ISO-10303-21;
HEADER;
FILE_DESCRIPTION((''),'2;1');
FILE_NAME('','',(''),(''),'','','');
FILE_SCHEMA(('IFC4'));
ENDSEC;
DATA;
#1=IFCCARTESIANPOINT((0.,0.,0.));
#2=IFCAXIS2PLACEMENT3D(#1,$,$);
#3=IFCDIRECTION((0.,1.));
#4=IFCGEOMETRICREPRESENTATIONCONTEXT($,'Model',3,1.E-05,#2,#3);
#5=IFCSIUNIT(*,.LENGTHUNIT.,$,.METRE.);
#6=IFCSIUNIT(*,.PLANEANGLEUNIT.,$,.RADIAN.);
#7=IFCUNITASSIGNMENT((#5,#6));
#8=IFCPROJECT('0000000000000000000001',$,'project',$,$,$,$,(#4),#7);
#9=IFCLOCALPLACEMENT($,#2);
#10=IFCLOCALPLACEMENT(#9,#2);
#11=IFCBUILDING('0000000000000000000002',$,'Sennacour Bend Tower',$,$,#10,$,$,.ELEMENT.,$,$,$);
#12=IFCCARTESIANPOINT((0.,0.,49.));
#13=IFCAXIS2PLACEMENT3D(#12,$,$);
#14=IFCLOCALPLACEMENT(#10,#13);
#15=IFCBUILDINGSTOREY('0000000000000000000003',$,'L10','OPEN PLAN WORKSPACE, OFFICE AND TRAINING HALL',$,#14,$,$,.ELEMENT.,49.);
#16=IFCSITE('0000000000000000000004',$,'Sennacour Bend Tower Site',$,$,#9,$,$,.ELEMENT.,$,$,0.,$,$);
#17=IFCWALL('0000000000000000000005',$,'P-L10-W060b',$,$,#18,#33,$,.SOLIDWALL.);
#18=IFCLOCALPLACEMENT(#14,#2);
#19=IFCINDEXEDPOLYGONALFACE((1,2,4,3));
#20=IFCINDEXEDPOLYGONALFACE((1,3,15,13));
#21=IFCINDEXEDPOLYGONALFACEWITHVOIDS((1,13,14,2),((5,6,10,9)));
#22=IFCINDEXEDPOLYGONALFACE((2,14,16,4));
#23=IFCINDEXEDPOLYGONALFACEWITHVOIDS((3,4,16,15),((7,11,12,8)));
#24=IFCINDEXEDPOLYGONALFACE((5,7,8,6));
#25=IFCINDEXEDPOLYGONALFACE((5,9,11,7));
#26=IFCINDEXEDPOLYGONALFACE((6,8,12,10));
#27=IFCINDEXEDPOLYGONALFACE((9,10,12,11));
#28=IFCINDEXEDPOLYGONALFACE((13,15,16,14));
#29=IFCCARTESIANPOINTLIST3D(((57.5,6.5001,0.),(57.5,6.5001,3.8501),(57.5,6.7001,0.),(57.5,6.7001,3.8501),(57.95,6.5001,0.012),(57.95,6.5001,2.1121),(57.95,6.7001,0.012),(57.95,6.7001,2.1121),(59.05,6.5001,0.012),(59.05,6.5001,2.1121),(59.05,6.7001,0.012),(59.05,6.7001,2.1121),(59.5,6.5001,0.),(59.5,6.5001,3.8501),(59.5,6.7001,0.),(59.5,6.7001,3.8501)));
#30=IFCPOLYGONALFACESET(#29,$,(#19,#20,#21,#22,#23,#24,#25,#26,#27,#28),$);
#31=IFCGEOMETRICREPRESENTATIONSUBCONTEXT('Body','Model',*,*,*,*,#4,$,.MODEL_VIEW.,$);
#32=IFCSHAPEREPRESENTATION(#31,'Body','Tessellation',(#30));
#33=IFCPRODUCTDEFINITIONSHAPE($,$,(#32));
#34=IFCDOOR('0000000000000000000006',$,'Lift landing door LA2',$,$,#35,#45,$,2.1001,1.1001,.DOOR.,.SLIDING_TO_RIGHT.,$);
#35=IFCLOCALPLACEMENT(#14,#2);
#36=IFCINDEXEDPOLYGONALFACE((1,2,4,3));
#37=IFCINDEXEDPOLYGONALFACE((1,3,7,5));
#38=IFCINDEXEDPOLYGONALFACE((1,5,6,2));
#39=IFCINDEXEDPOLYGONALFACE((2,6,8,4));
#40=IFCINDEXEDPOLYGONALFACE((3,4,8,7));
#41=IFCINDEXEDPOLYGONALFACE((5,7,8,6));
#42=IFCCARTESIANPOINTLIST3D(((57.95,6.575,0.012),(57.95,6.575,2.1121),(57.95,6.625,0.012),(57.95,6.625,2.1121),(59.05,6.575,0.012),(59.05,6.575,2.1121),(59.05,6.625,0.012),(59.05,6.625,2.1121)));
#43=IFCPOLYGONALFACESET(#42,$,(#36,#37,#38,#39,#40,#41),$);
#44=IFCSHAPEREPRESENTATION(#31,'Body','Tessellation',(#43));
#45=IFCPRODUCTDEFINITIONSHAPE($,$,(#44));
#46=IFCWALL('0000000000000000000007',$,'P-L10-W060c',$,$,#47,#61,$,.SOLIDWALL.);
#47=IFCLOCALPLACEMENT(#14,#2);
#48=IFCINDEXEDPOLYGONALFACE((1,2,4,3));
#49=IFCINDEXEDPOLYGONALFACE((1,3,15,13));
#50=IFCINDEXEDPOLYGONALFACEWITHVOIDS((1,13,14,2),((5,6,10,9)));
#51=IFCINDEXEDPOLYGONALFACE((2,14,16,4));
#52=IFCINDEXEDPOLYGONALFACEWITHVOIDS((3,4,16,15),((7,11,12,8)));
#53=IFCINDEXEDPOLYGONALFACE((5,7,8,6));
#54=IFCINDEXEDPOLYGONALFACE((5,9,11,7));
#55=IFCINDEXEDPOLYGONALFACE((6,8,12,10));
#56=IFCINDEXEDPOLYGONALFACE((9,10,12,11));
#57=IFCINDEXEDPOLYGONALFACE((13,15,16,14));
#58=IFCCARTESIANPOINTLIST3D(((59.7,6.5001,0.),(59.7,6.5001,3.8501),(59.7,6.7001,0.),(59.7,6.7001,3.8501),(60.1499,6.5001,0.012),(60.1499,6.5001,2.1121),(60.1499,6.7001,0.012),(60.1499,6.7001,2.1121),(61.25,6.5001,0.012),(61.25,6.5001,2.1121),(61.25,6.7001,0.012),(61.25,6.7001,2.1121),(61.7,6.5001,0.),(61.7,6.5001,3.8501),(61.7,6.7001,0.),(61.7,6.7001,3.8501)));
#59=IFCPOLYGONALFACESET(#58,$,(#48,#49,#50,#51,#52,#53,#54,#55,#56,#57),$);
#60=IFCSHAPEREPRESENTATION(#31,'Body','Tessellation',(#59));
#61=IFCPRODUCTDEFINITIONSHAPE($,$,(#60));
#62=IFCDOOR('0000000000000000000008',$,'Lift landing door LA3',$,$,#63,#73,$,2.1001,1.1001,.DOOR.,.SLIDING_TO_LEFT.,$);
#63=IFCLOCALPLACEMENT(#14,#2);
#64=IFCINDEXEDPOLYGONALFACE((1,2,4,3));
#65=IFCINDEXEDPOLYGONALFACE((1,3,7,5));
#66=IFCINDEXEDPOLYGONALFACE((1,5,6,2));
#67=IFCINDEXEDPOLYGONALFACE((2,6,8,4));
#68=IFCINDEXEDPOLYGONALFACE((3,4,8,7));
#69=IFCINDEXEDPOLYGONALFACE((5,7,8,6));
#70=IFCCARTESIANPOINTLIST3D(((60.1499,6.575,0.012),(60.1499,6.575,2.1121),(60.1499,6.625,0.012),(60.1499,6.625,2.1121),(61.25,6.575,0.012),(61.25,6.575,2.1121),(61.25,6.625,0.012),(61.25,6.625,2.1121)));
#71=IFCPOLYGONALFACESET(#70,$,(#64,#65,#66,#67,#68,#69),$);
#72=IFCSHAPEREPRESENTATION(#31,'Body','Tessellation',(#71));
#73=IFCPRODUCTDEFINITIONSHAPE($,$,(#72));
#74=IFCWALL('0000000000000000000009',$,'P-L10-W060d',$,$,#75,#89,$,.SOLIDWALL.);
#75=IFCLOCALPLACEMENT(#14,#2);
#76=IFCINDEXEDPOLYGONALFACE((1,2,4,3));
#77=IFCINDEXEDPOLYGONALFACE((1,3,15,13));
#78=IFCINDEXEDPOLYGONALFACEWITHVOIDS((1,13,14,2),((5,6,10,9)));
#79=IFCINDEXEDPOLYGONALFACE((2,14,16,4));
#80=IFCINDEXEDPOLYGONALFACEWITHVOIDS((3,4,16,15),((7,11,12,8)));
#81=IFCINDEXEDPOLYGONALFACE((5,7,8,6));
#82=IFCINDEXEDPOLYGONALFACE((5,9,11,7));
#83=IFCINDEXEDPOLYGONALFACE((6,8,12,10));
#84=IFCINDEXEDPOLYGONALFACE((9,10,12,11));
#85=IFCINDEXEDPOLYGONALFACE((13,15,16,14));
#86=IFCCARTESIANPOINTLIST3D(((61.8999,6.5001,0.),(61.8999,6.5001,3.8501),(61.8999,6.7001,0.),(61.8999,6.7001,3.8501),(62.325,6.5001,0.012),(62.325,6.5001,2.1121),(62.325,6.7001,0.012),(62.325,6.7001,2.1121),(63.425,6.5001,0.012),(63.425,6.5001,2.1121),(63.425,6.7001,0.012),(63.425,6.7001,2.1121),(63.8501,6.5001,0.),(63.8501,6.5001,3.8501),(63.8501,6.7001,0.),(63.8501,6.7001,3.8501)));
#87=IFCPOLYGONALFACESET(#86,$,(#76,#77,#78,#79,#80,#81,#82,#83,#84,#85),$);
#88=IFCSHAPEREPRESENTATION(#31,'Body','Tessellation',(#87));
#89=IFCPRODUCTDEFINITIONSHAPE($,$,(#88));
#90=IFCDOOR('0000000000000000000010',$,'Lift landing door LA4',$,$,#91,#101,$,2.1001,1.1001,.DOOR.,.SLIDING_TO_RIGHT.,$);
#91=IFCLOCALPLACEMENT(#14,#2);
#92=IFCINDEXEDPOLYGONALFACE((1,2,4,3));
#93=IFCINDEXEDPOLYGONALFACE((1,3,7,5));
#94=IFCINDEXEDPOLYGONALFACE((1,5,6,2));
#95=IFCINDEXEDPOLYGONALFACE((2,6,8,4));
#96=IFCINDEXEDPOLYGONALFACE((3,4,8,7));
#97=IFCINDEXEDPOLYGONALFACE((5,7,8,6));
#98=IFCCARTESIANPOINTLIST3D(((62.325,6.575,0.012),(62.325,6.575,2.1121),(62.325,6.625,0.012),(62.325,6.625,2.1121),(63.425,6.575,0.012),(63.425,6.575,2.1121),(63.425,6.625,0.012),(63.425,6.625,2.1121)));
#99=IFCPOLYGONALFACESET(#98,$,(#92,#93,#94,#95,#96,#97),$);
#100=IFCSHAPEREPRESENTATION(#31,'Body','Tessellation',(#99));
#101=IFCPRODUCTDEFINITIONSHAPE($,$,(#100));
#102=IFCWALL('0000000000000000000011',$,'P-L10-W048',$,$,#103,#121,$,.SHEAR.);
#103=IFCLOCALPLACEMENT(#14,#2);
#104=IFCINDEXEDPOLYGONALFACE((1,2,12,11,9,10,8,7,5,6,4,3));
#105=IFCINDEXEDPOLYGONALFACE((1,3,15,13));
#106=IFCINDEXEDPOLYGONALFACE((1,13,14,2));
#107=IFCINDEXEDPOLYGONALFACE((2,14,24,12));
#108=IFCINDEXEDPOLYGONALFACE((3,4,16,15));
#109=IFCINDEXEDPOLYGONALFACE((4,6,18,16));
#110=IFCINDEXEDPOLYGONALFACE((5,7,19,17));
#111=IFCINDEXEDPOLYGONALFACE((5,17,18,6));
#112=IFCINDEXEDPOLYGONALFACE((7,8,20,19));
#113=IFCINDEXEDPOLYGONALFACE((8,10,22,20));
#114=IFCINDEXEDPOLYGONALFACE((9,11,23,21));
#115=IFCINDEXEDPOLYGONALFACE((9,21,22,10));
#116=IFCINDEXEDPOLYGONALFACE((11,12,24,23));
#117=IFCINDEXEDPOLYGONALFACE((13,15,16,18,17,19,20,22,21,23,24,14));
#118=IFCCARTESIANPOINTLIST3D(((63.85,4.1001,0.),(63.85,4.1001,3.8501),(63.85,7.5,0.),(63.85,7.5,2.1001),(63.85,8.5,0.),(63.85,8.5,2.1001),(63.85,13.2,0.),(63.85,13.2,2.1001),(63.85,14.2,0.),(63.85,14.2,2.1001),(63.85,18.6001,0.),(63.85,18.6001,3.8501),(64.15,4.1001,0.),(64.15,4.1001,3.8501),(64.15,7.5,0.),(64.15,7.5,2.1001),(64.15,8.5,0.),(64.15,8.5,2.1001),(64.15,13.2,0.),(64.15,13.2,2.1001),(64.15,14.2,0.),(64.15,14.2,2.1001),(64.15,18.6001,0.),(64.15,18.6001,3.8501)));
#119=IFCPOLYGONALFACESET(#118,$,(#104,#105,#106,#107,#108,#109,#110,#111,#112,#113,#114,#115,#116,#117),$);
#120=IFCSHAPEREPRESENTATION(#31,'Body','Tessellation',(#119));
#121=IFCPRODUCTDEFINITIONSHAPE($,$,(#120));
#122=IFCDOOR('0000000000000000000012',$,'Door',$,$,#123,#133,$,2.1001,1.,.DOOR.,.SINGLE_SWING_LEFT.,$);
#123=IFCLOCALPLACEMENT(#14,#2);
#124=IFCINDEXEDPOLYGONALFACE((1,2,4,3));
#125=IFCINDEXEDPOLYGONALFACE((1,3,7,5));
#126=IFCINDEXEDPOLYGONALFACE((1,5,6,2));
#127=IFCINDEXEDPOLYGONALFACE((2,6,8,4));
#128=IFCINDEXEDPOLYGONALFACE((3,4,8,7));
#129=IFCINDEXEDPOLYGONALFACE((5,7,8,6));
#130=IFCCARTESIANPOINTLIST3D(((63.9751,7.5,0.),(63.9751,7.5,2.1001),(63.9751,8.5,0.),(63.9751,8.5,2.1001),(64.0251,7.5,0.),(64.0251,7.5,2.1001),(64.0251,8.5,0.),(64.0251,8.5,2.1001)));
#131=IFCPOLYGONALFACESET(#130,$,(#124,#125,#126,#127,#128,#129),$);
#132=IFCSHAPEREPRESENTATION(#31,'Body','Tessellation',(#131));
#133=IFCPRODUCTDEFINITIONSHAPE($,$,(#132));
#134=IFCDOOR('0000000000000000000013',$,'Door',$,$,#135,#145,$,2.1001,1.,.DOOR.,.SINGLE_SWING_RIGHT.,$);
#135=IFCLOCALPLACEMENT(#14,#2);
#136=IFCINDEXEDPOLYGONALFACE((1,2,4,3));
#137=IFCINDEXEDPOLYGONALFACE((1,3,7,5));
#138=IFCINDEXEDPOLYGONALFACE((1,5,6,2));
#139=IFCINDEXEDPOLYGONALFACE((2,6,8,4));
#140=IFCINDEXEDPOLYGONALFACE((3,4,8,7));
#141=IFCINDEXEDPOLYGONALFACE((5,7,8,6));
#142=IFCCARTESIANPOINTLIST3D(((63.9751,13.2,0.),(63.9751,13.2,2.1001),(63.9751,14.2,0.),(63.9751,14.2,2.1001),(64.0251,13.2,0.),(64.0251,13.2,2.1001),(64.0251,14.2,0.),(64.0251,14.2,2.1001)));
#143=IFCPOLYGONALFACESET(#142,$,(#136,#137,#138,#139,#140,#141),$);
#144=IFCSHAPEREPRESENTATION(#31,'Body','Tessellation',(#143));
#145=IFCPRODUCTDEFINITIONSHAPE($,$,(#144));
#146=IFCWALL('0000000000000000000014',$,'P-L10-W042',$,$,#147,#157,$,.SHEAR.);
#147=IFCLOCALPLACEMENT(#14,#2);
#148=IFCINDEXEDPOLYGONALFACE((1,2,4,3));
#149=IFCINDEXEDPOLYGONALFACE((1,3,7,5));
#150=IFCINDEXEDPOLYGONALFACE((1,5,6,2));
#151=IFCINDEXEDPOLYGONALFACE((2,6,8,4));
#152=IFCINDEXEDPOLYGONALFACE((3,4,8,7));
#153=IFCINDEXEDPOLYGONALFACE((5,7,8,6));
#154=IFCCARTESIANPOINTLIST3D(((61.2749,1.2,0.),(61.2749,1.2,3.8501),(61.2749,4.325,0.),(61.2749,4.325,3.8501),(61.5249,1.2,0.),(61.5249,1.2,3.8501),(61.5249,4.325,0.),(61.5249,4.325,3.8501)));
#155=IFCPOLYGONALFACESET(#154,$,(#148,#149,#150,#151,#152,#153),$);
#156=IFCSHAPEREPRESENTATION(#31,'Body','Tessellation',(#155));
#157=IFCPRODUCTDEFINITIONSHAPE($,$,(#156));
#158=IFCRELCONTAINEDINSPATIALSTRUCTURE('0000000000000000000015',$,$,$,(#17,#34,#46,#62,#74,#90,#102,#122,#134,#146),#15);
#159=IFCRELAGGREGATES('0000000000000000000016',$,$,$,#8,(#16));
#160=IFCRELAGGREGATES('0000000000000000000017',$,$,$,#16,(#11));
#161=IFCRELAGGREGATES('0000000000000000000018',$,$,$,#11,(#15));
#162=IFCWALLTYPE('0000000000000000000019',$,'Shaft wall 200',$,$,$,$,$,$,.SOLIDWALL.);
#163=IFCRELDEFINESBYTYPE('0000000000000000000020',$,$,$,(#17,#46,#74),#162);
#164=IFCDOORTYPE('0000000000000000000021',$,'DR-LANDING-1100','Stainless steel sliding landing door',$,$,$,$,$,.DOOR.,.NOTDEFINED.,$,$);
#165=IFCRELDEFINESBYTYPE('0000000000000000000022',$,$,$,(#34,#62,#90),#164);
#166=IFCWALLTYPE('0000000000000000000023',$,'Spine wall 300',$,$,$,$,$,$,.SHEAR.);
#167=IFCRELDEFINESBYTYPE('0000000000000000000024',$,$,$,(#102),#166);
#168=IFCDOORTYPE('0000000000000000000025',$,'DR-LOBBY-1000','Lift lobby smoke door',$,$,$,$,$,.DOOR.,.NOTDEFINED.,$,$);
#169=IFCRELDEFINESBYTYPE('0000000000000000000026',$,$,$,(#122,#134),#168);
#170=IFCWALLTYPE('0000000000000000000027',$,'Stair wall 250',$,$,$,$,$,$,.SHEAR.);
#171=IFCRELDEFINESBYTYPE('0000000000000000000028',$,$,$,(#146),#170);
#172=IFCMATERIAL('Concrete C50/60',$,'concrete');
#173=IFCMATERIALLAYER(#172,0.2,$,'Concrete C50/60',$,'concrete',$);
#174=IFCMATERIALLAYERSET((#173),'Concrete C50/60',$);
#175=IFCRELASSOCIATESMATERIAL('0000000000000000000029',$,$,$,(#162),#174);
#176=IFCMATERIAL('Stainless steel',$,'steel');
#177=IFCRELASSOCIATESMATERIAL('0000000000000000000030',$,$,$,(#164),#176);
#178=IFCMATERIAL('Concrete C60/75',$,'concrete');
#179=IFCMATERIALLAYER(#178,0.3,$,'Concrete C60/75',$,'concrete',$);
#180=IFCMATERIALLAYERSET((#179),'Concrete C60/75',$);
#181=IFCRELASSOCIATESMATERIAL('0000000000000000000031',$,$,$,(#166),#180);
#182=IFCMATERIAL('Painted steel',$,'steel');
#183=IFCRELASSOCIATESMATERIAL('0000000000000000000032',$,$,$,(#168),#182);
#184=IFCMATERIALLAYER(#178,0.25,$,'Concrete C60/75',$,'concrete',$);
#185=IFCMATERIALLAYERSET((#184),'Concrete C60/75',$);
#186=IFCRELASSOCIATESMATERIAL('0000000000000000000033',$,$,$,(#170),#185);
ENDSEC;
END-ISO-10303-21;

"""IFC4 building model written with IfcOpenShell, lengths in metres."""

from ifc_helpers import new_model, si_unit, direction, frame, frame_2d, origin, place, context, subcontext, project, spatial, rectangle, extrude, material, layer, layer_set, type_object, element, fill, save


model = new_model("IFC4")

# Units and contexts
model_context = context("Model", 3, precision=1e-05, world=origin(), true_north=direction((0.0, 1.0)))
body_context = subcontext(model_context, "Body", "Model", "MODEL_VIEW")
ifc_project = project(units=[si_unit("LENGTHUNIT", "METRE"), si_unit("PLANEANGLEUNIT", "RADIAN")], contexts=[model_context])

# Site, building, storey
site_placement = place(None, origin())
site = spatial("IfcSite", under=ifc_project, at=site_placement, Name="Sennacour Bend Tower Site", CompositionType="ELEMENT", RefElevation=0.0)
building_placement = place(site_placement, origin())
building = spatial("IfcBuilding", under=site, at=building_placement, Name="Sennacour Bend Tower", CompositionType="ELEMENT")
storey_placement = place(building_placement, frame((0.0, 0.0, 49.0)))
storey = spatial("IfcBuildingStorey", under=building, at=storey_placement, Name="L10", Description="OPEN PLAN WORKSPACE, OFFICE AND TRAINING HALL", CompositionType="ELEMENT", Elevation=49.0)

# Shared definitions
ifc_material_1 = material(Name="Painted steel", Category="steel")

# Shared definitions
ifc_material_2 = material(Name="Concrete C50/60", Category="concrete")
ifc_layer_1 = layer(ifc_material_2, 0.2, Name="Concrete C50/60", Category="concrete")
ifc_layer_set_1 = layer_set([ifc_layer_1], Name="Concrete C50/60")
wall_type_1 = type_object("IfcWallType", Name="Shaft wall 200", PredefinedType="SOLIDWALL", material=ifc_layer_set_1)

# Walls, openings, doors
wall_1_placement = place(storey_placement, frame((57.5, 6.6001, 0.0), z_axis=(0.0, 0.0, 1.0), x_axis=(1.0, 0.0, 0.0)))
wall_1 = element("IfcWall", 1, at=wall_1_placement, inside=storey, type_object=wall_type_1, Name="P-L10-W060b", PredefinedType="SOLIDWALL", context=body_context, shape_type="SweptSolid", body=[
    extrude(rectangle(XDim=2.0, YDim=0.2, at=frame_2d((1.0, 0.0))), origin(), (0.0, 0.0, 1.0), 3.8501),
])
opening_1_placement = place(wall_1_placement, frame((0.45, 0.0, 0.012)))
opening_1 = element("IfcOpeningElement", 2, at=opening_1_placement, cuts=wall_1, PredefinedType="OPENING", context=body_context, shape_type="SweptSolid", body=[
    extrude(rectangle(XDim=1.1001, YDim=2.1001, at=frame_2d((0.55, 1.05))), frame((0.0, 0.1099, 0.0), z_axis=(0.0, -1.0, 0.0), x_axis=(1.0, 0.0, 0.0)), (0.0, 0.0, 1.0), 0.22),
])
ifc_material_3 = material(Name="Stainless steel", Category="steel")
door_type_1 = type_object("IfcDoorType", Name="DR-LANDING-1100", Description="Stainless steel sliding landing door", OperationType="NOTDEFINED", PredefinedType="DOOR", material=ifc_material_3)
door_1_placement = place(opening_1_placement, origin())
door_1 = element("IfcDoor", 3, at=door_1_placement, inside=storey, type_object=door_type_1, Name="Lift landing door LA2", OperationType="SLIDING_TO_RIGHT", OverallHeight=2.1001, OverallWidth=1.1001, PredefinedType="DOOR", context=body_context, shape_type="SweptSolid", body=[
    extrude(rectangle(XDim=1.1001, YDim=2.1001, at=frame_2d((0.55, 1.05))), frame((0.0, 0.0249, 0.0), z_axis=(0.0, -1.0, 0.0), x_axis=(1.0, 0.0, 0.0)), (0.0, 0.0, 1.0), 0.05),
])
fill(opening_1, door_1)
wall_2_placement = place(storey_placement, frame((59.7, 6.6001, 0.0), z_axis=(0.0, 0.0, 1.0), x_axis=(1.0, 0.0, 0.0)))
wall_2 = element("IfcWall", 4, at=wall_2_placement, inside=storey, type_object=wall_type_1, Name="P-L10-W060c", PredefinedType="SOLIDWALL", context=body_context, shape_type="SweptSolid", body=[
    extrude(rectangle(XDim=2.0, YDim=0.2, at=frame_2d((1.0, 0.0))), origin(), (0.0, 0.0, 1.0), 3.8501),
])
opening_2_placement = place(wall_2_placement, frame((0.45, 0.0, 0.012)))
opening_2 = element("IfcOpeningElement", 5, at=opening_2_placement, cuts=wall_2, PredefinedType="OPENING", context=body_context, shape_type="SweptSolid", body=[
    extrude(rectangle(XDim=1.1001, YDim=2.1001, at=frame_2d((0.55, 1.05))), frame((0.0, 0.1099, 0.0), z_axis=(0.0, -1.0, 0.0), x_axis=(1.0, 0.0, 0.0)), (0.0, 0.0, 1.0), 0.22),
])
door_2_placement = place(opening_2_placement, origin())
door_2 = element("IfcDoor", 6, at=door_2_placement, inside=storey, type_object=door_type_1, Name="Lift landing door LA3", OperationType="SLIDING_TO_LEFT", OverallHeight=2.1001, OverallWidth=1.1001, PredefinedType="DOOR", context=body_context, shape_type="SweptSolid", body=[
    extrude(rectangle(XDim=1.1001, YDim=2.1001, at=frame_2d((0.55, 1.05))), frame((0.0, 0.0249, 0.0), z_axis=(0.0, -1.0, 0.0), x_axis=(1.0, 0.0, 0.0)), (0.0, 0.0, 1.0), 0.05),
])
fill(opening_2, door_2)
wall_3_placement = place(storey_placement, frame((61.8999, 6.6001, 0.0), z_axis=(0.0, 0.0, 1.0), x_axis=(1.0, 0.0, 0.0)))
wall_3 = element("IfcWall", 7, at=wall_3_placement, inside=storey, type_object=wall_type_1, Name="P-L10-W060d", PredefinedType="SOLIDWALL", context=body_context, shape_type="SweptSolid", body=[
    extrude(rectangle(XDim=1.9502, YDim=0.2, at=frame_2d((0.9751, 0.0))), origin(), (0.0, 0.0, 1.0), 3.8501),
])
opening_3_placement = place(wall_3_placement, frame((0.425, 0.0, 0.012)))
opening_3 = element("IfcOpeningElement", 8, at=opening_3_placement, cuts=wall_3, PredefinedType="OPENING", context=body_context, shape_type="SweptSolid", body=[
    extrude(rectangle(XDim=1.1001, YDim=2.1001, at=frame_2d((0.55, 1.05))), frame((0.0, 0.1099, 0.0), z_axis=(0.0, -1.0, 0.0), x_axis=(1.0, 0.0, 0.0)), (0.0, 0.0, 1.0), 0.22),
])
door_3_placement = place(opening_3_placement, origin())
door_3 = element("IfcDoor", 9, at=door_3_placement, inside=storey, type_object=door_type_1, Name="Lift landing door LA4", OperationType="SLIDING_TO_RIGHT", OverallHeight=2.1001, OverallWidth=1.1001, PredefinedType="DOOR", context=body_context, shape_type="SweptSolid", body=[
    extrude(rectangle(XDim=1.1001, YDim=2.1001, at=frame_2d((0.55, 1.05))), frame((0.0, 0.0249, 0.0), z_axis=(0.0, -1.0, 0.0), x_axis=(1.0, 0.0, 0.0)), (0.0, 0.0, 1.0), 0.05),
])
fill(opening_3, door_3)

# Wall, openings, doors
ifc_material_4 = material(Name="Concrete C60/75", Category="concrete")
ifc_layer_2 = layer(ifc_material_4, 0.3, Name="Concrete C60/75", Category="concrete")
ifc_layer_set_2 = layer_set([ifc_layer_2], Name="Concrete C60/75")
wall_type_2 = type_object("IfcWallType", Name="Spine wall 300", PredefinedType="SHEAR", material=ifc_layer_set_2)
wall_4_placement = place(storey_placement, frame((64.0, 4.1001, 0.0), z_axis=(0.0, 0.0, 1.0), x_axis=(0.0, 1.0, 0.0)))
wall_4 = element("IfcWall", 10, at=wall_4_placement, inside=storey, type_object=wall_type_2, Name="P-L10-W048", PredefinedType="SHEAR", context=body_context, shape_type="SweptSolid", body=[
    extrude(rectangle(XDim=14.5, YDim=0.3, at=frame_2d((7.25, 0.0))), origin(), (0.0, 0.0, 1.0), 3.8501),
])
opening_4_placement = place(wall_4_placement, frame((3.3999, 0.0, 0.0)))
opening_4 = element("IfcOpeningElement", 11, at=opening_4_placement, cuts=wall_4, PredefinedType="OPENING", context=body_context, shape_type="SweptSolid", body=[
    extrude(rectangle(XDim=1.0, YDim=2.1001, at=frame_2d((0.5, 1.05))), frame((0.0, 0.1602, 0.0), z_axis=(0.0, -1.0, 0.0), x_axis=(1.0, 0.0, 0.0)), (0.0, 0.0, 1.0), 0.3201),
])
opening_5_placement = place(wall_4_placement, frame((9.0999, 0.0, 0.0)))
opening_5 = element("IfcOpeningElement", 12, at=opening_5_placement, cuts=wall_4, PredefinedType="OPENING", context=body_context, shape_type="SweptSolid", body=[
    extrude(rectangle(XDim=1.0, YDim=2.1001, at=frame_2d((0.5, 1.05))), frame((0.0, 0.1602, 0.0), z_axis=(0.0, -1.0, 0.0), x_axis=(1.0, 0.0, 0.0)), (0.0, 0.0, 1.0), 0.3201),
])
door_type_2 = type_object("IfcDoorType", Name="DR-LOBBY-1000", Description="Lift lobby smoke door", OperationType="NOTDEFINED", PredefinedType="DOOR", material=ifc_material_1)
door_4_placement = place(opening_4_placement, origin())
door_4 = element("IfcDoor", 13, at=door_4_placement, inside=storey, type_object=door_type_2, Name="Door", OperationType="SINGLE_SWING_LEFT", OverallHeight=2.1001, OverallWidth=1.0, PredefinedType="DOOR", context=body_context, shape_type="SweptSolid", body=[
    extrude(rectangle(XDim=1.0, YDim=2.1001, at=frame_2d((0.5, 1.05))), frame((0.0, 0.0249, 0.0), z_axis=(0.0, -1.0, 0.0), x_axis=(1.0, 0.0, 0.0)), (0.0, 0.0, 1.0), 0.05),
])
fill(opening_4, door_4)
door_5_placement = place(opening_5_placement, origin())
door_5 = element("IfcDoor", 14, at=door_5_placement, inside=storey, type_object=door_type_2, Name="Door", OperationType="SINGLE_SWING_RIGHT", OverallHeight=2.1001, OverallWidth=1.0, PredefinedType="DOOR", context=body_context, shape_type="SweptSolid", body=[
    extrude(rectangle(XDim=1.0, YDim=2.1001, at=frame_2d((0.5, 1.05))), frame((0.0, 0.0249, 0.0), z_axis=(0.0, -1.0, 0.0), x_axis=(1.0, 0.0, 0.0)), (0.0, 0.0, 1.0), 0.05),
])
fill(opening_5, door_5)

# Wall
ifc_layer_3 = layer(ifc_material_4, 0.25, Name="Concrete C60/75", Category="concrete")
ifc_layer_set_3 = layer_set([ifc_layer_3], Name="Concrete C60/75")
wall_type_3 = type_object("IfcWallType", Name="Stair wall 250", PredefinedType="SHEAR", material=ifc_layer_set_3)
wall_5_placement = place(storey_placement, frame((61.3999, 1.2, 0.0), z_axis=(0.0, 0.0, 1.0), x_axis=(0.0, 1.0, 0.0)))
element("IfcWall", 15, at=wall_5_placement, inside=storey, type_object=wall_type_3, Name="P-L10-W042", PredefinedType="SHEAR", context=body_context, shape_type="SweptSolid", body=[
    extrude(rectangle(XDim=3.125, YDim=0.25, at=frame_2d((1.5625, 0.0))), origin(), (0.0, 0.0, 1.0), 3.8501),
])

save(model, "model.ifc")
